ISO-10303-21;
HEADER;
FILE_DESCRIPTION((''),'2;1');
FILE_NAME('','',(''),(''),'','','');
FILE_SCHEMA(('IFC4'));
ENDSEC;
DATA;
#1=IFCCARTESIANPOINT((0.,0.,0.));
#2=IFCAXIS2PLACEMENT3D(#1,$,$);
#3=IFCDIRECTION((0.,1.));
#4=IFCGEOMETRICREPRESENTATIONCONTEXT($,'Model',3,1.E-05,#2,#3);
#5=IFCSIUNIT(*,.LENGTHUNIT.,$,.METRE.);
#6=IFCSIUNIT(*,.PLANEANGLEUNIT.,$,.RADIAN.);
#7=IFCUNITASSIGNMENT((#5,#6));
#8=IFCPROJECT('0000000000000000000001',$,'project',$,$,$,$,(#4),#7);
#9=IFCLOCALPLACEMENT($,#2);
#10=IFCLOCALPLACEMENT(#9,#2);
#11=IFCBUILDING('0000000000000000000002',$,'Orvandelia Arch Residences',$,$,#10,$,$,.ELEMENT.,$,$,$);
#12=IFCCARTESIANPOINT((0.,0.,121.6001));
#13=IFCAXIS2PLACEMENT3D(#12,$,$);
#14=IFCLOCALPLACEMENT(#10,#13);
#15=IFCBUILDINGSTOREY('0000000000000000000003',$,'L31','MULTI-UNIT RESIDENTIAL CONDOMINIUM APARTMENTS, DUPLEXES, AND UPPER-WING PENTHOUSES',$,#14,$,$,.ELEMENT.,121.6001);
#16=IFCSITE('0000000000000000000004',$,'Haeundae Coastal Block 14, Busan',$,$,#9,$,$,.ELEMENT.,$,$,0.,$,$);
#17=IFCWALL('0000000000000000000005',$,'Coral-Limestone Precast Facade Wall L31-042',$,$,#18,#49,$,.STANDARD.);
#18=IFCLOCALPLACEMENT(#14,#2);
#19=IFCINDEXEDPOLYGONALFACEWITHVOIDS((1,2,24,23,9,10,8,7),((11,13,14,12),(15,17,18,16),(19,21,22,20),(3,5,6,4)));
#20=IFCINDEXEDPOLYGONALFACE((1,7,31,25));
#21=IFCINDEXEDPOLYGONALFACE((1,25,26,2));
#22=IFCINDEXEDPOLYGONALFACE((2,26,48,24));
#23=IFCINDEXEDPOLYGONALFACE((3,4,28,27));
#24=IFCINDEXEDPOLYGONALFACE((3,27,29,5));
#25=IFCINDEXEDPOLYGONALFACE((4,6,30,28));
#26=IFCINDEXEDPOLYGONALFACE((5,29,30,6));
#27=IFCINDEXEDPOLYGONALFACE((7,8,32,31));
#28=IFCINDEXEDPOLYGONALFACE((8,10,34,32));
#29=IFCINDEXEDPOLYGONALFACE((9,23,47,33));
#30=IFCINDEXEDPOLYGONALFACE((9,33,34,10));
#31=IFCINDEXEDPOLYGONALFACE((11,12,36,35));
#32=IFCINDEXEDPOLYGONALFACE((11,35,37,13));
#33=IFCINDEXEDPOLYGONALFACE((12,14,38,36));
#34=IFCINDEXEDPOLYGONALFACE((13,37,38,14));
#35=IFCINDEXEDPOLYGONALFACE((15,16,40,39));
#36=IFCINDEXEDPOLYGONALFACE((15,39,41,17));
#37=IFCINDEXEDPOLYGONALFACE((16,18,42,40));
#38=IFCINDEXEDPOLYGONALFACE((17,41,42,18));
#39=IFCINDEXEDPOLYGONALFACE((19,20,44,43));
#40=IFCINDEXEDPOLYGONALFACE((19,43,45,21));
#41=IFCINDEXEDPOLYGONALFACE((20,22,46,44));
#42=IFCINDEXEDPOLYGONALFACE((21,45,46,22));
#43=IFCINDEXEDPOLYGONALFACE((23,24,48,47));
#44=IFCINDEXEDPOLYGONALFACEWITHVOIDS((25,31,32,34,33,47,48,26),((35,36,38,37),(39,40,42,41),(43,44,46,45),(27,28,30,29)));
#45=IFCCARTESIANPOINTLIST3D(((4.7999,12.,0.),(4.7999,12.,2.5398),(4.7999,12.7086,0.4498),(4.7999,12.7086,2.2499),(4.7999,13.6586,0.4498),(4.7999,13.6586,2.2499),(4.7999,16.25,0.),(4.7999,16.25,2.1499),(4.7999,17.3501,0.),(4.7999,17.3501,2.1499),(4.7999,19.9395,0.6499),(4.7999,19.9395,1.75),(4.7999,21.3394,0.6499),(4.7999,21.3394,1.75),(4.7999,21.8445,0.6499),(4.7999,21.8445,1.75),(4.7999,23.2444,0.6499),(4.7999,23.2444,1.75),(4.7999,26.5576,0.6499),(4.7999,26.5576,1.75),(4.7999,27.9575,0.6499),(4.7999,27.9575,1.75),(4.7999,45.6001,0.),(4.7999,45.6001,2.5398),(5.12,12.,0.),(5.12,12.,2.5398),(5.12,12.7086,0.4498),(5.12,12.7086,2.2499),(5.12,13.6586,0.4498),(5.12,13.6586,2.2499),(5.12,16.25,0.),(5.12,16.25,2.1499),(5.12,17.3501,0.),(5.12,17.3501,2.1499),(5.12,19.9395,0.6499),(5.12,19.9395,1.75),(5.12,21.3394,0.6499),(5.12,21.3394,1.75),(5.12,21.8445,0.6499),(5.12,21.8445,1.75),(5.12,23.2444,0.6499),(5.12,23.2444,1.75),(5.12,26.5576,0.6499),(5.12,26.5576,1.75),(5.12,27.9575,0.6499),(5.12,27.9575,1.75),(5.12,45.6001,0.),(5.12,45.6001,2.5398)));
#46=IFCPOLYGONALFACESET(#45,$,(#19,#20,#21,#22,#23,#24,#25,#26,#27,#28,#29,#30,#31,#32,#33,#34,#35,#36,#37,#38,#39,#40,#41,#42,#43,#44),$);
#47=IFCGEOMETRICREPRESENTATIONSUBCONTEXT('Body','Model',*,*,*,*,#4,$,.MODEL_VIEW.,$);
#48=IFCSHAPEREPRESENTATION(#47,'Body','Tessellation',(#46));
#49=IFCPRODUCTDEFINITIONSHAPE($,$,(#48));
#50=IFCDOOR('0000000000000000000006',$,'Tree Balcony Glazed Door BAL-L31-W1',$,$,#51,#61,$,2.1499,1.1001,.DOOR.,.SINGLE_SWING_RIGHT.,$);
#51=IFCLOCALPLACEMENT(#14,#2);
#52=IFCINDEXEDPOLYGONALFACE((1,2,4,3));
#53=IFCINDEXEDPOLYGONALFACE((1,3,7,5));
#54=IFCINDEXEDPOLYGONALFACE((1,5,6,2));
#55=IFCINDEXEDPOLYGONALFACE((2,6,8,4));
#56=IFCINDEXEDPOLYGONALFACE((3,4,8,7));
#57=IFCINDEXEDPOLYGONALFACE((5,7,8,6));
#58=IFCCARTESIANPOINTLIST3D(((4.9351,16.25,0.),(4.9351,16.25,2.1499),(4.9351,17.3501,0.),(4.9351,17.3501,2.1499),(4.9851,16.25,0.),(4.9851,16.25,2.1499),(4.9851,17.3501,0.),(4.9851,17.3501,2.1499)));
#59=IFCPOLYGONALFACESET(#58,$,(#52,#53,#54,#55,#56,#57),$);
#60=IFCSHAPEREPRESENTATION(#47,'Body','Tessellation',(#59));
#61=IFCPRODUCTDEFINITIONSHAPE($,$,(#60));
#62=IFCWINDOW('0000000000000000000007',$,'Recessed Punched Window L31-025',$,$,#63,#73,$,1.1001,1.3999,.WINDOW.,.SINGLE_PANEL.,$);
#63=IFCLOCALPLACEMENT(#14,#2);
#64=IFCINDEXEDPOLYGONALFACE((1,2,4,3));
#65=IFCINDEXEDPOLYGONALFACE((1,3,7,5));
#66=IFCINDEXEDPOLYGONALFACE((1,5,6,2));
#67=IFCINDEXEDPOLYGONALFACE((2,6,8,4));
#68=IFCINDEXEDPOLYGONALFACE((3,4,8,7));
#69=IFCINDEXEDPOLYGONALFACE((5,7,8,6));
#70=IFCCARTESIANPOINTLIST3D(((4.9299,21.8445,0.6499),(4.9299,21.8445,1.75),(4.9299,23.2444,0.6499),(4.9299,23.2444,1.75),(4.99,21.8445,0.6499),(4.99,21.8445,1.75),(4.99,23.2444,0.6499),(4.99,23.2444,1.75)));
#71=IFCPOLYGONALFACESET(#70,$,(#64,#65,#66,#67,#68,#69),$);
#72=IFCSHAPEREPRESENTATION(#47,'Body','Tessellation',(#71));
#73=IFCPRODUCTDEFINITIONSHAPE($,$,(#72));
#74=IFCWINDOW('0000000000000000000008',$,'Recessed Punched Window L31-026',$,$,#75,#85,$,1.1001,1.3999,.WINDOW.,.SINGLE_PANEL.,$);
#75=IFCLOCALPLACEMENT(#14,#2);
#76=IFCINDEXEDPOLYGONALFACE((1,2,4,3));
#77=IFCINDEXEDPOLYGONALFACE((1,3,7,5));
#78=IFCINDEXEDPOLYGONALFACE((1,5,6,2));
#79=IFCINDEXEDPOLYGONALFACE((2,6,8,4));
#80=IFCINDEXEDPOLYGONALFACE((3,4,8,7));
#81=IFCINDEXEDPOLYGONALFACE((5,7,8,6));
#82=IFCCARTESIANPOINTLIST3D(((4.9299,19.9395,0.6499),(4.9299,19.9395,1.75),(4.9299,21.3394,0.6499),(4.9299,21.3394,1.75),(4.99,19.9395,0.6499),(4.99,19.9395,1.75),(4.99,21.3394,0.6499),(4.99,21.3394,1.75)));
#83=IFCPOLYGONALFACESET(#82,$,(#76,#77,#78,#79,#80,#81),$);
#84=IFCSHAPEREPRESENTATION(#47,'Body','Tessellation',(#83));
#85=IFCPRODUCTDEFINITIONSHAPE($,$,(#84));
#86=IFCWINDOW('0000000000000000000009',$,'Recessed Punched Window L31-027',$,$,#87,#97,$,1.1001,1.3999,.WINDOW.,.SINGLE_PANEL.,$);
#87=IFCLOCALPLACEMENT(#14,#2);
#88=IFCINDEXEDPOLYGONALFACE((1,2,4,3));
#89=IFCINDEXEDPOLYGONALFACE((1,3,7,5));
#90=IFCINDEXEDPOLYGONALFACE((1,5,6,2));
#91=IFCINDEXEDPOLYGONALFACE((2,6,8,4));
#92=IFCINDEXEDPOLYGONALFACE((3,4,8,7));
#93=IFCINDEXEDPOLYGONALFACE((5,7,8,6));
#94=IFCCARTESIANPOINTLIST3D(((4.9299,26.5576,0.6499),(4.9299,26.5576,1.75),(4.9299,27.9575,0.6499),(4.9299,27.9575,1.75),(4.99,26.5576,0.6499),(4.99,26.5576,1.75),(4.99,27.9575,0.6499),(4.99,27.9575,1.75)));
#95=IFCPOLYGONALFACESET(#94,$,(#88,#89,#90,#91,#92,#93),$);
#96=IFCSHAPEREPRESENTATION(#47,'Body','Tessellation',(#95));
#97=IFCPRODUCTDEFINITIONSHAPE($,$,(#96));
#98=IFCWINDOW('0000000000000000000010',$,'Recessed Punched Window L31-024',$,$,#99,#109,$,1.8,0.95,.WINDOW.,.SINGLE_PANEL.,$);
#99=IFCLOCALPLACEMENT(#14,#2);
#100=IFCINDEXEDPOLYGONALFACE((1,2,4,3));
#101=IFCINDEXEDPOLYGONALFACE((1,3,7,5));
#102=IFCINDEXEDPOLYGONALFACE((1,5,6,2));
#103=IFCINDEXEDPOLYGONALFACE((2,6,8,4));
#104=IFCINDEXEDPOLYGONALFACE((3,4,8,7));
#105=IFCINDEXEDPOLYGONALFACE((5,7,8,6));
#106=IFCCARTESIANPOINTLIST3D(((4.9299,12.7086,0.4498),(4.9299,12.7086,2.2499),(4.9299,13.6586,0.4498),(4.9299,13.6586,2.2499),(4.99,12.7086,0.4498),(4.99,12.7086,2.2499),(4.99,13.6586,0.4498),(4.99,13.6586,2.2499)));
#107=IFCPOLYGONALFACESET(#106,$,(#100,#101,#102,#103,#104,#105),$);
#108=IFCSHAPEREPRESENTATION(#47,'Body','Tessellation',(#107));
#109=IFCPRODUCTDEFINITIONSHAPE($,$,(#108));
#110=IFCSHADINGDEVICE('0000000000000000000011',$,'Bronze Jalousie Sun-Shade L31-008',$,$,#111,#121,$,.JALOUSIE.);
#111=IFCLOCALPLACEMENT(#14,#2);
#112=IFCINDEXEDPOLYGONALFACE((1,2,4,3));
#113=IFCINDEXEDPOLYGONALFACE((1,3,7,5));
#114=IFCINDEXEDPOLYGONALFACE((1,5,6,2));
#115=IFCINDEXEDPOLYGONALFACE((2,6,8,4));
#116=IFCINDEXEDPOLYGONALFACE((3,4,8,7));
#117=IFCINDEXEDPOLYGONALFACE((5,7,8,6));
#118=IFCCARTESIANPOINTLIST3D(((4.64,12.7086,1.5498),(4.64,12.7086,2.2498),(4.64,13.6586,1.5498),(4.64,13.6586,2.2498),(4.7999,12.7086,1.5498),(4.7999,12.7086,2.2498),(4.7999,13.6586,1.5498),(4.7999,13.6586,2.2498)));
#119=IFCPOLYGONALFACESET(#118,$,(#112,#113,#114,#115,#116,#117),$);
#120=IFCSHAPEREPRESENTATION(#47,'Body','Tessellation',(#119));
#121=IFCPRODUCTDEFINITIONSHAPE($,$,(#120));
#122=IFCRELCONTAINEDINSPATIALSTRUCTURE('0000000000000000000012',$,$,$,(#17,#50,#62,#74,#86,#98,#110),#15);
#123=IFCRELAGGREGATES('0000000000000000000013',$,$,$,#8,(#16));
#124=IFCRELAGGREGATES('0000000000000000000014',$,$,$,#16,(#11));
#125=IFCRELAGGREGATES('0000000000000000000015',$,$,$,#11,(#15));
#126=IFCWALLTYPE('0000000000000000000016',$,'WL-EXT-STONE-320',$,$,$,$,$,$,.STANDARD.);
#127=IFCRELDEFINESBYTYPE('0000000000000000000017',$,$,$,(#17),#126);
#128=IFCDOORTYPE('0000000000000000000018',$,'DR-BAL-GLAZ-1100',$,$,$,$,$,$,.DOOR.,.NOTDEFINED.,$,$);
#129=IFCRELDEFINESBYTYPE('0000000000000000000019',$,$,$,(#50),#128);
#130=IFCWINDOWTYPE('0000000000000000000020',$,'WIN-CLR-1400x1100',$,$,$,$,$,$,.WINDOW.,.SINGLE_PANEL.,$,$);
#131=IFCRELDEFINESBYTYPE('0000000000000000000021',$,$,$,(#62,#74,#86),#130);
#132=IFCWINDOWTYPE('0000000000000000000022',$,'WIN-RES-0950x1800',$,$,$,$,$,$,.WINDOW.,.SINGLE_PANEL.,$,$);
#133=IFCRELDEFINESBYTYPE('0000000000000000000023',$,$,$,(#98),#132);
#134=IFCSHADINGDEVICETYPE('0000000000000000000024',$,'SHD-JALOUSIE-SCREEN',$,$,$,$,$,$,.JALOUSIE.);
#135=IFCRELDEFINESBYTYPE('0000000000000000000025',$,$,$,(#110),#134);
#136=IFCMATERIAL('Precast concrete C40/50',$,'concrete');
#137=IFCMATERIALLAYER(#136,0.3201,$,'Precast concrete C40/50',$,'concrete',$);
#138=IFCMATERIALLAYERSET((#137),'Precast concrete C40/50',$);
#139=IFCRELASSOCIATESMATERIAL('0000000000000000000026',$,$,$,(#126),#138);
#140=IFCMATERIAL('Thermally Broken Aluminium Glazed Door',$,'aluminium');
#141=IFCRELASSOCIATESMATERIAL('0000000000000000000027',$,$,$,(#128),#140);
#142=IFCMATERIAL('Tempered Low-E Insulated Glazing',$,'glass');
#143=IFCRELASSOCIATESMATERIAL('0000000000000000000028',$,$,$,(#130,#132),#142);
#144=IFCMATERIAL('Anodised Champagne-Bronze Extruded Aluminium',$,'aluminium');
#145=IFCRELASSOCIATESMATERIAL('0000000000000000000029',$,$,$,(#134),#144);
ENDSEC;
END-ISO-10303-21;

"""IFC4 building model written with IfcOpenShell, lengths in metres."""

from ifc_helpers import new_model, si_unit, direction, frame, frame_2d, origin, origin_2d, place, context, subcontext, project, spatial, rectangle, extrude, material, layer, layer_set, type_object, element, fill, save


model = new_model("IFC4")

# Units and contexts
model_context = context("Model", 3, precision=1e-05, world=origin(), true_north=direction((0.0, 1.0)))
body_context = subcontext(model_context, "Body", "Model", "MODEL_VIEW")
ifc_project = project(units=[si_unit("LENGTHUNIT", "METRE"), si_unit("PLANEANGLEUNIT", "RADIAN")], contexts=[model_context])

# Site, building, storey
site_placement = place(None, origin())
site = spatial("IfcSite", under=ifc_project, at=site_placement, Name="Haeundae Coastal Block 14, Busan", CompositionType="ELEMENT", RefElevation=0.0)
building_placement = place(site_placement, origin())
building = spatial("IfcBuilding", under=site, at=building_placement, Name="Orvandelia Arch Residences", CompositionType="ELEMENT")
storey_placement = place(building_placement, frame((0.0, 0.0, 121.6001)))
storey = spatial("IfcBuildingStorey", under=building, at=storey_placement, Name="L31", Description="MULTI-UNIT RESIDENTIAL CONDOMINIUM APARTMENTS, DUPLEXES, AND UPPER-WING PENTHOUSES", CompositionType="ELEMENT", Elevation=121.6001)

# Shared definitions
ifc_material_1 = material(Name="Precast concrete C40/50", Category="concrete")

# Shared definitions
ifc_layer_1 = layer(ifc_material_1, 0.3201, Name="Precast concrete C40/50", Category="concrete")
ifc_layer_set_1 = layer_set([ifc_layer_1], Name="Precast concrete C40/50")
wall_type_1 = type_object("IfcWallType", Name="WL-EXT-STONE-320", PredefinedType="STANDARD", material=ifc_layer_set_1)

# Wall, openings, door, windows
wall_1_placement = place(storey_placement, frame((4.96, 12.0, 0.0), z_axis=(0.0, 0.0, 1.0), x_axis=(0.0, 1.0, 0.0)))
wall_1 = element("IfcWall", 1, at=wall_1_placement, inside=storey, type_object=wall_type_1, Name="Coral-Limestone Precast Facade Wall L31-042", PredefinedType="STANDARD", context=body_context, shape_type="SweptSolid", body=[
    extrude(rectangle(XDim=33.6001, YDim=0.3201, at=frame_2d((16.8, 0.0))), origin(), (0.0, 0.0, 1.0), 2.5398),
])
opening_1_placement = place(wall_1_placement, frame((4.25, 0.0, 0.0)))
opening_1 = element("IfcOpeningElement", 2, at=opening_1_placement, cuts=wall_1, PredefinedType="OPENING", context=body_context, shape_type="SweptSolid", body=[
    extrude(rectangle(XDim=1.1001, YDim=2.1499, at=frame_2d((0.55, 1.075))), frame((0.0, 0.1699, 0.0), z_axis=(0.0, -1.0, 0.0), x_axis=(1.0, 0.0, 0.0)), (0.0, 0.0, 1.0), 0.3401),
])
opening_2_placement = place(wall_1_placement, frame((0.7085, 0.0, 0.45)))
opening_2 = element("IfcOpeningElement", 3, at=opening_2_placement, cuts=wall_1, PredefinedType="OPENING", context=body_context, shape_type="SweptSolid", body=[
    extrude(rectangle(XDim=0.95, YDim=1.8, at=frame_2d((0.4751, 0.8999))), frame((0.0, 0.1699, 0.0), z_axis=(0.0, -1.0, 0.0), x_axis=(1.0, 0.0, 0.0)), (0.0, 0.0, 1.0), 0.3401),
])
opening_3_placement = place(wall_1_placement, frame((9.8445, 0.0, 0.6499)))
opening_3 = element("IfcOpeningElement", 4, at=opening_3_placement, cuts=wall_1, PredefinedType="OPENING", context=body_context, shape_type="SweptSolid", body=[
    extrude(rectangle(XDim=1.3999, YDim=1.1001, at=frame_2d((0.7, 0.55))), frame((0.0, 0.1699, 0.0), z_axis=(0.0, -1.0, 0.0), x_axis=(1.0, 0.0, 0.0)), (0.0, 0.0, 1.0), 0.3401),
])
opening_4_placement = place(wall_1_placement, frame((7.9395, 0.0, 0.6499)))
opening_4 = element("IfcOpeningElement", 5, at=opening_4_placement, cuts=wall_1, PredefinedType="OPENING", context=body_context, shape_type="SweptSolid", body=[
    extrude(rectangle(XDim=1.3999, YDim=1.1001, at=frame_2d((0.7, 0.55))), frame((0.0, 0.1699, 0.0), z_axis=(0.0, -1.0, 0.0), x_axis=(1.0, 0.0, 0.0)), (0.0, 0.0, 1.0), 0.3401),
])
opening_5_placement = place(wall_1_placement, frame((14.5576, 0.0, 0.6499)))
opening_5 = element("IfcOpeningElement", 6, at=opening_5_placement, cuts=wall_1, PredefinedType="OPENING", context=body_context, shape_type="SweptSolid", body=[
    extrude(rectangle(XDim=1.3999, YDim=1.1001, at=frame_2d((0.7, 0.55))), frame((0.0, 0.1699, 0.0), z_axis=(0.0, -1.0, 0.0), x_axis=(1.0, 0.0, 0.0)), (0.0, 0.0, 1.0), 0.3401),
])
ifc_material_2 = material(Name="Thermally Broken Aluminium Glazed Door", Category="aluminium")
door_type_1 = type_object("IfcDoorType", Name="DR-BAL-GLAZ-1100", OperationType="NOTDEFINED", PredefinedType="DOOR", material=ifc_material_2)
door_1_placement = place(opening_1_placement, origin())
door_1 = element("IfcDoor", 7, at=door_1_placement, inside=storey, type_object=door_type_1, Name="Tree Balcony Glazed Door BAL-L31-W1", OperationType="SINGLE_SWING_RIGHT", OverallHeight=2.1499, OverallWidth=1.1001, PredefinedType="DOOR", context=body_context, shape_type="SweptSolid", body=[
    extrude(rectangle(XDim=1.1001, YDim=2.1499, at=frame_2d((0.55, 1.075))), frame((0.0, 0.0249, 0.0), z_axis=(0.0, -1.0, 0.0), x_axis=(1.0, 0.0, 0.0)), (0.0, 0.0, 1.0), 0.05),
])
fill(opening_1, door_1)
ifc_material_3 = material(Name="Tempered Low-E Insulated Glazing", Category="glass")
window_type_1 = type_object("IfcWindowType", Name="WIN-CLR-1400x1100", PartitioningType="SINGLE_PANEL", PredefinedType="WINDOW", material=ifc_material_3)
window_1_placement = place(opening_3_placement, origin())
window_1 = element("IfcWindow", 8, at=window_1_placement, inside=storey, type_object=window_type_1, Name="Recessed Punched Window L31-025", OverallHeight=1.1001, OverallWidth=1.3999, PartitioningType="SINGLE_PANEL", PredefinedType="WINDOW", context=body_context, shape_type="SweptSolid", body=[
    extrude(rectangle(XDim=1.3999, YDim=1.1001, at=frame_2d((0.7, 0.55))), frame((0.0, 0.03, 0.0), z_axis=(0.0, -1.0, 0.0), x_axis=(1.0, 0.0, 0.0)), (0.0, 0.0, 1.0), 0.0601),
])
fill(opening_3, window_1)
window_2_placement = place(opening_4_placement, origin())
window_2 = element("IfcWindow", 9, at=window_2_placement, inside=storey, type_object=window_type_1, Name="Recessed Punched Window L31-026", OverallHeight=1.1001, OverallWidth=1.3999, PartitioningType="SINGLE_PANEL", PredefinedType="WINDOW", context=body_context, shape_type="SweptSolid", body=[
    extrude(rectangle(XDim=1.3999, YDim=1.1001, at=frame_2d((0.7, 0.55))), frame((0.0, 0.03, 0.0), z_axis=(0.0, -1.0, 0.0), x_axis=(1.0, 0.0, 0.0)), (0.0, 0.0, 1.0), 0.0601),
])
fill(opening_4, window_2)
window_3_placement = place(opening_5_placement, origin())
window_3 = element("IfcWindow", 10, at=window_3_placement, inside=storey, type_object=window_type_1, Name="Recessed Punched Window L31-027", OverallHeight=1.1001, OverallWidth=1.3999, PartitioningType="SINGLE_PANEL", PredefinedType="WINDOW", context=body_context, shape_type="SweptSolid", body=[
    extrude(rectangle(XDim=1.3999, YDim=1.1001, at=frame_2d((0.7, 0.55))), frame((0.0, 0.03, 0.0), z_axis=(0.0, -1.0, 0.0), x_axis=(1.0, 0.0, 0.0)), (0.0, 0.0, 1.0), 0.0601),
])
fill(opening_5, window_3)
window_type_2 = type_object("IfcWindowType", Name="WIN-RES-0950x1800", PartitioningType="SINGLE_PANEL", PredefinedType="WINDOW", material=ifc_material_3)
window_4_placement = place(opening_2_placement, origin())
window_4 = element("IfcWindow", 11, at=window_4_placement, inside=storey, type_object=window_type_2, Name="Recessed Punched Window L31-024", OverallHeight=1.8, OverallWidth=0.95, PartitioningType="SINGLE_PANEL", PredefinedType="WINDOW", context=body_context, shape_type="SweptSolid", body=[
    extrude(rectangle(XDim=0.95, YDim=1.8, at=frame_2d((0.4751, 0.8999))), frame((0.0, 0.03, 0.0), z_axis=(0.0, -1.0, 0.0), x_axis=(1.0, 0.0, 0.0)), (0.0, 0.0, 1.0), 0.0601),
])
fill(opening_2, window_4)

# Shading device
ifc_material_4 = material(Name="Anodised Champagne-Bronze Extruded Aluminium", Category="aluminium")
shading_device_type = type_object("IfcShadingDeviceType", Name="SHD-JALOUSIE-SCREEN", PredefinedType="JALOUSIE", material=ifc_material_4)
shading_device_placement = place(storey_placement, frame((4.72, 13.1836, 1.5498), z_axis=(0.0, 0.0, 1.0), x_axis=(0.0, 1.0, 0.0)))
element("IfcShadingDevice", 12, at=shading_device_placement, inside=storey, type_object=shading_device_type, Name="Bronze Jalousie Sun-Shade L31-008", PredefinedType="JALOUSIE", context=body_context, shape_type="SweptSolid", body=[
    extrude(rectangle(XDim=0.95, YDim=0.1599, at=origin_2d()), origin(), (0.0, 0.0, 1.0), 0.7),
])

save(model, "model.ifc")
